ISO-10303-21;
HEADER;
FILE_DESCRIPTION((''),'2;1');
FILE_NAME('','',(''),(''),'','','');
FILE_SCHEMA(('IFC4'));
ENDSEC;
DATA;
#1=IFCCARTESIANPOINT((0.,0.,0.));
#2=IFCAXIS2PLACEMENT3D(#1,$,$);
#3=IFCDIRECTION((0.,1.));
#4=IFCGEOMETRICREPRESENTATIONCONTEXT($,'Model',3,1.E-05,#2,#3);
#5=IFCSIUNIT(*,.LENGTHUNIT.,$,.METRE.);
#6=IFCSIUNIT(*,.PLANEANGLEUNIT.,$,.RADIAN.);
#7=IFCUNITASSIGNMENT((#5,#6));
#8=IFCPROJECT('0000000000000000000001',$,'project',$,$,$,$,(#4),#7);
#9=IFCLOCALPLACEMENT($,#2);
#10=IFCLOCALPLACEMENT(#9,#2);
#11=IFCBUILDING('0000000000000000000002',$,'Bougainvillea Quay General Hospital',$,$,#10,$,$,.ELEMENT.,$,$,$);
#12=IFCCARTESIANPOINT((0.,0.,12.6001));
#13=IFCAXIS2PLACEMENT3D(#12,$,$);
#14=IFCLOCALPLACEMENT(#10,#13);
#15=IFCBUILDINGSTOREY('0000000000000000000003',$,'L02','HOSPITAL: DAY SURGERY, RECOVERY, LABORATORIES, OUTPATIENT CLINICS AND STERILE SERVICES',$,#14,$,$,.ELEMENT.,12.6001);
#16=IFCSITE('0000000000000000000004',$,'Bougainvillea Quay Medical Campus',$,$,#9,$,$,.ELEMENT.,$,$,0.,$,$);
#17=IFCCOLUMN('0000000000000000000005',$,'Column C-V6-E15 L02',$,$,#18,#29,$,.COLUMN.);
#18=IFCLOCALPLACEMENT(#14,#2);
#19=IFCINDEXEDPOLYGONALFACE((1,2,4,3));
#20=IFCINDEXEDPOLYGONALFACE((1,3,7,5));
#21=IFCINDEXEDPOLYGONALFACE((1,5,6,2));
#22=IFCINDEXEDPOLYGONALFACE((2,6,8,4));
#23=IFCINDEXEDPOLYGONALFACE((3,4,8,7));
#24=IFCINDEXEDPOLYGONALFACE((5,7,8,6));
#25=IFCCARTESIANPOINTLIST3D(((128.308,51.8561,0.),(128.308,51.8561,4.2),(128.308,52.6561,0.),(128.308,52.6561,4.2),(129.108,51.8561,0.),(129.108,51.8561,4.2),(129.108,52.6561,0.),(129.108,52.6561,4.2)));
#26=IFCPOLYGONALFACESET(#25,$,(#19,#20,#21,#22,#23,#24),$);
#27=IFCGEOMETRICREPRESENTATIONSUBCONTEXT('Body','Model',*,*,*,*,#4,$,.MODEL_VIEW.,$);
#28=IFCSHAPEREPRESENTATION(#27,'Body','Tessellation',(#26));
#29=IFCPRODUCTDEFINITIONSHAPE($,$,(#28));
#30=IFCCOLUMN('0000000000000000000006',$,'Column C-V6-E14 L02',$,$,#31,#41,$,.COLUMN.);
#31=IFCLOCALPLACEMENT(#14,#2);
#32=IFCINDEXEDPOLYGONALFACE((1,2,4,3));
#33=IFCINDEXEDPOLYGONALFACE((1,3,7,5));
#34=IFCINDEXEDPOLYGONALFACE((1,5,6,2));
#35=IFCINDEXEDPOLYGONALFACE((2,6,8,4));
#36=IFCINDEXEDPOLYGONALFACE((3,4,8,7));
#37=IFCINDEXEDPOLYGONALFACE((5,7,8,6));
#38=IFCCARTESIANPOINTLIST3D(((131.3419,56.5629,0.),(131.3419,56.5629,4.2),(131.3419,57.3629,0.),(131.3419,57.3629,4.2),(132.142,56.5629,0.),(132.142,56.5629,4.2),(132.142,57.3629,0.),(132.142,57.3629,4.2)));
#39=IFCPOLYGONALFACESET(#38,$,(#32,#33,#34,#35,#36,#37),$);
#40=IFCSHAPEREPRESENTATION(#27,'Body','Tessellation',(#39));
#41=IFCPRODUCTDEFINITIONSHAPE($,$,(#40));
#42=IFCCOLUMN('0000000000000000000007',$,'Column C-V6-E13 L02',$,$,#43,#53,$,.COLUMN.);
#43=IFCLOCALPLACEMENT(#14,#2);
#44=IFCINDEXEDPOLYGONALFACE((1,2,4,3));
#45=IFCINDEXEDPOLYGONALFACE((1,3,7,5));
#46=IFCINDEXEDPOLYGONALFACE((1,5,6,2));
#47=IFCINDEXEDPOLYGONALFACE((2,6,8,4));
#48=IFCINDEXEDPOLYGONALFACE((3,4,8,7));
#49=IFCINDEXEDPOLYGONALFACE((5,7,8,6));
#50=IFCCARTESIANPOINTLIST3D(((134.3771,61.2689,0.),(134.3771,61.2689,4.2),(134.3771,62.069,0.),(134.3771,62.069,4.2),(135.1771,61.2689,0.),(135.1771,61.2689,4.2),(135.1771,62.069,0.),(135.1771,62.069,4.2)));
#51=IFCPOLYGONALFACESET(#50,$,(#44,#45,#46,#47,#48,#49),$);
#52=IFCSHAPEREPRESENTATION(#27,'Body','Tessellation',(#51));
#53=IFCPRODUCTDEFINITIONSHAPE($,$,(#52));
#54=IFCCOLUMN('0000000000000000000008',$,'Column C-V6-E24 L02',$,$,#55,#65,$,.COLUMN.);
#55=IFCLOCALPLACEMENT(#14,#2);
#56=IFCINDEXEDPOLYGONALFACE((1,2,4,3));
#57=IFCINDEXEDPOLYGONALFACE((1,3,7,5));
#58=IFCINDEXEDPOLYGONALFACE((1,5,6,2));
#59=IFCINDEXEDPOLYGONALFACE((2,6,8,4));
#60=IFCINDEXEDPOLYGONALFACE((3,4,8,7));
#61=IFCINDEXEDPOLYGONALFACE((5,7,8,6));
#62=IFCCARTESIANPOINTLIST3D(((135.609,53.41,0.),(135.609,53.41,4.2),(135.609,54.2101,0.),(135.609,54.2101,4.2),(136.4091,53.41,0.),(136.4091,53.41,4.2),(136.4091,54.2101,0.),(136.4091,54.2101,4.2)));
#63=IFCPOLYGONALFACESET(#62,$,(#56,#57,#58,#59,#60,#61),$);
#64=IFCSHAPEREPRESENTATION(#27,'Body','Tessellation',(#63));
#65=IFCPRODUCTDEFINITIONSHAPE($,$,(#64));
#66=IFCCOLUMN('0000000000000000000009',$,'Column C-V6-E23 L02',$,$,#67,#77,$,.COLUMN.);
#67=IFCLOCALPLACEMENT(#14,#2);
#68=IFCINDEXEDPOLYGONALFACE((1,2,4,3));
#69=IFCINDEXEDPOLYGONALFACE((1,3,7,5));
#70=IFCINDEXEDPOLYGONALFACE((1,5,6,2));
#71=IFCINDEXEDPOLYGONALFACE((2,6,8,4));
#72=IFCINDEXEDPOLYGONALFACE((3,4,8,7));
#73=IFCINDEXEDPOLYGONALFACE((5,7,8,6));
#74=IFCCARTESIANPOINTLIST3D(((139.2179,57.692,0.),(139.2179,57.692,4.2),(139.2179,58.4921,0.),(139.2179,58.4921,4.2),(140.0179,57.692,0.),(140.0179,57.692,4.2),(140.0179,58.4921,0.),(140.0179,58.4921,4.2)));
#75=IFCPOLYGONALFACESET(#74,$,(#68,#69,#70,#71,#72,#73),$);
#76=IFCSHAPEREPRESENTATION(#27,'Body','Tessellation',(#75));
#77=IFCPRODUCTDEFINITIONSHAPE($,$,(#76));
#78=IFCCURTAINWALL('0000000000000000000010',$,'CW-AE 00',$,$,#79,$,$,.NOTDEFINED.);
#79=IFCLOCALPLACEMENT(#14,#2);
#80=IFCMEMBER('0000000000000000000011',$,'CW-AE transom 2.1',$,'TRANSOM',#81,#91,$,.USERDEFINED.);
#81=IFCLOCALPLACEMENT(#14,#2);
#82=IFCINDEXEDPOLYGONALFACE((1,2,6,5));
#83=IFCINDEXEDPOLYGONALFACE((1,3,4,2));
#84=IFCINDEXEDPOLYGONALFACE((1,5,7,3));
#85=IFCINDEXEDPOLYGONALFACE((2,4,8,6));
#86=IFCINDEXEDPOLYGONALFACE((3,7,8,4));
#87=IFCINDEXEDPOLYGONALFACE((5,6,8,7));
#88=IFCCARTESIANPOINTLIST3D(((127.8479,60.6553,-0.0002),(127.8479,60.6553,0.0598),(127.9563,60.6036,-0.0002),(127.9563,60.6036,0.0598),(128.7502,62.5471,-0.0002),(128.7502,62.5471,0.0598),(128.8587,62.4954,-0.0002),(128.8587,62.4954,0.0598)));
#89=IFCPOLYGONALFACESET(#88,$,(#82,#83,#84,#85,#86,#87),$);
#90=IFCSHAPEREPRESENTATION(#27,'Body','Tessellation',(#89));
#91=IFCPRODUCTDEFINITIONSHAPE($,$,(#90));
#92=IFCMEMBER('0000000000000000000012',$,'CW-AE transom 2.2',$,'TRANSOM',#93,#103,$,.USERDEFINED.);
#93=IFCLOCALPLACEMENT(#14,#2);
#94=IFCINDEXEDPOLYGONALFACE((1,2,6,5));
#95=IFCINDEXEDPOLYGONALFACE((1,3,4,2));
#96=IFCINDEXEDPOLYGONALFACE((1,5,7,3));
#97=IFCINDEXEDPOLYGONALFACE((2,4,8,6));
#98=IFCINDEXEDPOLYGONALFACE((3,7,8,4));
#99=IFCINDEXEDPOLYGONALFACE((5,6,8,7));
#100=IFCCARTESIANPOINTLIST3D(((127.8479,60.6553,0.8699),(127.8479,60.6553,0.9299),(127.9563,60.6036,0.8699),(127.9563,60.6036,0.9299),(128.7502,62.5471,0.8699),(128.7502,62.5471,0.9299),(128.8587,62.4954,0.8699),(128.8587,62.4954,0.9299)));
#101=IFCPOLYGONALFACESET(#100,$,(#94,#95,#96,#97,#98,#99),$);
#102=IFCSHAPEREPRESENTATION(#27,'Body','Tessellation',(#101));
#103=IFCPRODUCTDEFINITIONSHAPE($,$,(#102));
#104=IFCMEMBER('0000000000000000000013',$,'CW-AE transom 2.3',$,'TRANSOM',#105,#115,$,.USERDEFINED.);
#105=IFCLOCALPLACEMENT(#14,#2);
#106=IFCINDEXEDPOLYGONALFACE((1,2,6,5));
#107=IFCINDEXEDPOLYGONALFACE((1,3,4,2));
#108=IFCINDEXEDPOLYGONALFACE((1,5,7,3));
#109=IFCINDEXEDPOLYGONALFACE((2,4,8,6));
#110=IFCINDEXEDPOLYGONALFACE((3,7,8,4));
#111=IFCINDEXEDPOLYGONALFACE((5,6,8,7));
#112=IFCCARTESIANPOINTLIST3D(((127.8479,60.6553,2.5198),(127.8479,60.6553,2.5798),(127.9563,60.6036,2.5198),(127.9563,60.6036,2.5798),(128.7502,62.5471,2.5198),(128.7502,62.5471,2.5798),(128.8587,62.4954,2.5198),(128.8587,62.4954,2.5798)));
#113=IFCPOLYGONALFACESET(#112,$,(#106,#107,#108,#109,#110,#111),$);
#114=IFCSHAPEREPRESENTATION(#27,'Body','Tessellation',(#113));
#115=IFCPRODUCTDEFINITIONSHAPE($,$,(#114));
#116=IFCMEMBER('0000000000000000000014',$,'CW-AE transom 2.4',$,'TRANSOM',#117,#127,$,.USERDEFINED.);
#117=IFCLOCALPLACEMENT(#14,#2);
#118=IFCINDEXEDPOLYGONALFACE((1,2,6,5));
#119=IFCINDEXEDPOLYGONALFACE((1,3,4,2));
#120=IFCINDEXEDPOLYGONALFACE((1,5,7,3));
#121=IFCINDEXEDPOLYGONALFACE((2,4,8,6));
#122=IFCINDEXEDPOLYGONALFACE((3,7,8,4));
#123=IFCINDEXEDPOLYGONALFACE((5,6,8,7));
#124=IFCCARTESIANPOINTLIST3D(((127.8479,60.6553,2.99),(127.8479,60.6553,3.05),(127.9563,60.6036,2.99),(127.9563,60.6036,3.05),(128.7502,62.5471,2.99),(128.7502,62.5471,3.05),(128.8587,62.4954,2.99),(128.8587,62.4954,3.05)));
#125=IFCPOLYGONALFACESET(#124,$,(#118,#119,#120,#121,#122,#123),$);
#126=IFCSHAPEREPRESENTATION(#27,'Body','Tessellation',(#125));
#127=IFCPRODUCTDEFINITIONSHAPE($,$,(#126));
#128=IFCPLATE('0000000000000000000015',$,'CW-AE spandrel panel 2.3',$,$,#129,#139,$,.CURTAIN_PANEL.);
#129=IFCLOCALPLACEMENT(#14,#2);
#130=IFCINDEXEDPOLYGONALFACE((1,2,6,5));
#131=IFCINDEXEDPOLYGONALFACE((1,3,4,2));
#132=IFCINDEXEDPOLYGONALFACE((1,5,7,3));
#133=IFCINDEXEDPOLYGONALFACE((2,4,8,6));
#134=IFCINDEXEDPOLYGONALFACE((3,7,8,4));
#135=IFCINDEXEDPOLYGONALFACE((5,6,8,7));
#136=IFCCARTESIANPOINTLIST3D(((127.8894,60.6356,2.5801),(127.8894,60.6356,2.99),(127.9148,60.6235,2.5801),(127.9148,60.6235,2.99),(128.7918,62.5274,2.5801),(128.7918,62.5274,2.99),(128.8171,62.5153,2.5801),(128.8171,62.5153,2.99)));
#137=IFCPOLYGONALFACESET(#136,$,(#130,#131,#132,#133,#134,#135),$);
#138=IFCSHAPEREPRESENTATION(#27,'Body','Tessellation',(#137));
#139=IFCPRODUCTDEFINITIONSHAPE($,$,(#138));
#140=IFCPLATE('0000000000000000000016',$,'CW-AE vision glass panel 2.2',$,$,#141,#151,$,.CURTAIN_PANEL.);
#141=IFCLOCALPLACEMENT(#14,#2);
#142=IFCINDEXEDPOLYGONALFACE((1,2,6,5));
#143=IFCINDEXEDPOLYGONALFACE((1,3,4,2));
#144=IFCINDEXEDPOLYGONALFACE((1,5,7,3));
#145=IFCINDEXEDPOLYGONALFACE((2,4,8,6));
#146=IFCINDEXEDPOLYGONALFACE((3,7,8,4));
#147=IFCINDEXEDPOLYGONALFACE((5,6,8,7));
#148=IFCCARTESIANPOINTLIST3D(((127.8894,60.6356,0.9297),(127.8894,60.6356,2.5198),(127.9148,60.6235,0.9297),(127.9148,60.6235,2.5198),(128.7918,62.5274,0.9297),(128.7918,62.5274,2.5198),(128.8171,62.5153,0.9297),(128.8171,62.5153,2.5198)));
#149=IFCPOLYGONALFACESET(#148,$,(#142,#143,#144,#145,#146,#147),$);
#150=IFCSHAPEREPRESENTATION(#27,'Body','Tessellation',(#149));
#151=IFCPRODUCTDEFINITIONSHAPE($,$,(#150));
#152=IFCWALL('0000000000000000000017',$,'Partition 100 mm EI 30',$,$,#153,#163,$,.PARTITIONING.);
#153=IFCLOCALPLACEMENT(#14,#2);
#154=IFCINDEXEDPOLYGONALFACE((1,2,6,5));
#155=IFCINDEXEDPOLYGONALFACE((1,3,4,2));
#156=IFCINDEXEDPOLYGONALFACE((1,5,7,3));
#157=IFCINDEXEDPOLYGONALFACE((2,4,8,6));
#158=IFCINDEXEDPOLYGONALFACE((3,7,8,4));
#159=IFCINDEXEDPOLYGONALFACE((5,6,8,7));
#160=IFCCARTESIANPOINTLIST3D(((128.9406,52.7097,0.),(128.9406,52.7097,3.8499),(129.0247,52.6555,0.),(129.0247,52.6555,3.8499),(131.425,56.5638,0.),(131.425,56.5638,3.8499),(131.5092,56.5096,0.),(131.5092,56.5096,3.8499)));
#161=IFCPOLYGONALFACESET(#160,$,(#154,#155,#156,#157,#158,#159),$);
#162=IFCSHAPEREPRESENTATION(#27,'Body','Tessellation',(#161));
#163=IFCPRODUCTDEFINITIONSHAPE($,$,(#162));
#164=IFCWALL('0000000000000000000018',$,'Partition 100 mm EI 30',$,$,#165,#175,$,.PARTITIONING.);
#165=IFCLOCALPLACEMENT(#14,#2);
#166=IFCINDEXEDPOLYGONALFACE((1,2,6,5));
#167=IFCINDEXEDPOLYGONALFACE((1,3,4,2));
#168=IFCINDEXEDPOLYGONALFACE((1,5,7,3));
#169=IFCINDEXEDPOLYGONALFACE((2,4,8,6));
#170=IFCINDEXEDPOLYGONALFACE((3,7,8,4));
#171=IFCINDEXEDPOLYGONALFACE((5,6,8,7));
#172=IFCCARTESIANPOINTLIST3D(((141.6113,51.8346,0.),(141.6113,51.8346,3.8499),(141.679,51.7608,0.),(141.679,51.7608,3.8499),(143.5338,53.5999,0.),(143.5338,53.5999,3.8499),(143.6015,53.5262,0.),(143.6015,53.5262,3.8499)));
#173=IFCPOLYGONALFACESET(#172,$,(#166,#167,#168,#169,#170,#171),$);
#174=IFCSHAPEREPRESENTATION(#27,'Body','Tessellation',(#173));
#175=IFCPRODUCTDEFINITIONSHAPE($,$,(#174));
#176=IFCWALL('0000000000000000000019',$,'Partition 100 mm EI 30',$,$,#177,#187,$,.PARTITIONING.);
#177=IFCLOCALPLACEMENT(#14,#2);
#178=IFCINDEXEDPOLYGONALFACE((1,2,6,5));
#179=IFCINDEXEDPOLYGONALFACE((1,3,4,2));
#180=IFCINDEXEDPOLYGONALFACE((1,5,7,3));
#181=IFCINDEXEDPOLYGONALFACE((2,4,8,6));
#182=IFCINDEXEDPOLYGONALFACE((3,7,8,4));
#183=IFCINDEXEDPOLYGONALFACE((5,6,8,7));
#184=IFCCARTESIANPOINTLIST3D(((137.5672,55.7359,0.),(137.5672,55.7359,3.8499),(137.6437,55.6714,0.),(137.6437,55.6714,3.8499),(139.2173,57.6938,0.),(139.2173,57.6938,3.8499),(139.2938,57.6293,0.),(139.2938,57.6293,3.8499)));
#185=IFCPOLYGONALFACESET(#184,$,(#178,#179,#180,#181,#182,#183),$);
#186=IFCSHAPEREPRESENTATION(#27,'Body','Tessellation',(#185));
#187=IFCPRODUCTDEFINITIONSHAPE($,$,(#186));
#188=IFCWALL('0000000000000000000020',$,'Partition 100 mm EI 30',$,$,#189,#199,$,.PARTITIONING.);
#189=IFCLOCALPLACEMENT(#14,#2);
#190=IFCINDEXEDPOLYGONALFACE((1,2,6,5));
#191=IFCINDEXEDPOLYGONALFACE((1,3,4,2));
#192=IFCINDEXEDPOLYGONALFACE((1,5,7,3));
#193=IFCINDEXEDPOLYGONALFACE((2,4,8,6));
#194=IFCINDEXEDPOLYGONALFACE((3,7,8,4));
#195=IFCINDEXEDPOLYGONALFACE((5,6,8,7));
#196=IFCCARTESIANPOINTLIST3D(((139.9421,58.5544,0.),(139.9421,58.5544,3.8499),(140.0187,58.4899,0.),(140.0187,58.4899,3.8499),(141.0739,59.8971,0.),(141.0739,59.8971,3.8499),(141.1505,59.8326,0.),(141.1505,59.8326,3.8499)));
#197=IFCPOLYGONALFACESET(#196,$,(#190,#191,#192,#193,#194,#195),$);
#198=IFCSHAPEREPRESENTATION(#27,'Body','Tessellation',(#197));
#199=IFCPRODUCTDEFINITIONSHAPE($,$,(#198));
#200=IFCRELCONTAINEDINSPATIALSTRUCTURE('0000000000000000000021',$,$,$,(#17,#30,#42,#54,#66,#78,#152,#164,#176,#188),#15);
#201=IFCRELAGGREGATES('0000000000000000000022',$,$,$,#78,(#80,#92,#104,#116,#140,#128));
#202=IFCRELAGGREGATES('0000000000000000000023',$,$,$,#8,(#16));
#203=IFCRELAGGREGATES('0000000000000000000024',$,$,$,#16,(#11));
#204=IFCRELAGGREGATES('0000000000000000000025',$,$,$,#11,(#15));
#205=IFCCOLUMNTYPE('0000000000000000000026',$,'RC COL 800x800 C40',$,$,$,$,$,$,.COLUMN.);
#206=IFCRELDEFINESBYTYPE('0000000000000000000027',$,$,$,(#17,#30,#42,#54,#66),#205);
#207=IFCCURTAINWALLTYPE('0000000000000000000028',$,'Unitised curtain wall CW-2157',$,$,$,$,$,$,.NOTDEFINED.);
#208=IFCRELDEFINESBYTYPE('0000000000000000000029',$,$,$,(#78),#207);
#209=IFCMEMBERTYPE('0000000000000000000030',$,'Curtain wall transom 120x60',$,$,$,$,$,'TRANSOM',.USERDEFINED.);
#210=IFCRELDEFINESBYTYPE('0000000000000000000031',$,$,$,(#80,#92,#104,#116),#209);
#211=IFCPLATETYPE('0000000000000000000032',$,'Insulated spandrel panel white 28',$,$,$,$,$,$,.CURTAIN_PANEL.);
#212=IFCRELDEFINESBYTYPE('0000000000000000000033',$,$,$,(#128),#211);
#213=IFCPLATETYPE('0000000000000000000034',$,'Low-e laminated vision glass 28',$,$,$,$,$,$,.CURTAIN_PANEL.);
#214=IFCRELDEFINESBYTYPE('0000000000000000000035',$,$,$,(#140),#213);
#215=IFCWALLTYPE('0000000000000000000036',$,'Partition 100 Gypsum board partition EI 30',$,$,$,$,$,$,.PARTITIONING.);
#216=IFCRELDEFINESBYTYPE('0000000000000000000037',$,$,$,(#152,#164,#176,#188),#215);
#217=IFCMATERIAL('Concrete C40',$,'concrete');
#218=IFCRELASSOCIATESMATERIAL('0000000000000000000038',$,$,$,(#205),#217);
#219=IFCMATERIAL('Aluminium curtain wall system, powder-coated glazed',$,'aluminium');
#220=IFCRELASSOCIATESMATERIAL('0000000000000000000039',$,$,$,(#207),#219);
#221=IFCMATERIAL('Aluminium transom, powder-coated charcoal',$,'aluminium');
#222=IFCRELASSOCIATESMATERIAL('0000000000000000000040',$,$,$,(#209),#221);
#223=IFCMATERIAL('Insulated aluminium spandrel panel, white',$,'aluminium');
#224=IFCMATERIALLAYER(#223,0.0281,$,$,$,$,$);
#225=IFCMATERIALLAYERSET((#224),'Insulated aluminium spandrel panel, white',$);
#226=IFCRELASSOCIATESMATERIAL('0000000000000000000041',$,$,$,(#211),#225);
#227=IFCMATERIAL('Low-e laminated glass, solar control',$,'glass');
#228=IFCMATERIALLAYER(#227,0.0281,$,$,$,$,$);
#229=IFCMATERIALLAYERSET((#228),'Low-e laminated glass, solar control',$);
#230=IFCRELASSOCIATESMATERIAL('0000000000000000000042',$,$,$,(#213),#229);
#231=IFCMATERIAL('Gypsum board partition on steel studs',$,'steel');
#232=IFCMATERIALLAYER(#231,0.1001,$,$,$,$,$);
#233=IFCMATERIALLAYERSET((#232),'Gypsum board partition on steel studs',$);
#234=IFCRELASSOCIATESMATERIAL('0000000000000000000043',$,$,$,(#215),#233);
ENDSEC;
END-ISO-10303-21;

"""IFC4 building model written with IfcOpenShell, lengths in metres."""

from ifc_helpers import new_model, si_unit, direction, frame, frame_2d, origin, origin_2d, place, context, subcontext, project, spatial, rectangle, extrude, material, layer, layer_set, material_profile, profile_set, type_object, element, aggregate, save


model = new_model("IFC4")

# Units and contexts
model_context = context("Model", 3, precision=1e-05, world=origin(), true_north=direction((0.0, 1.0)))
body_context = subcontext(model_context, "Body", "Model", "MODEL_VIEW")
ifc_project = project(units=[si_unit("LENGTHUNIT", "METRE"), si_unit("PLANEANGLEUNIT", "RADIAN")], contexts=[model_context])

# Site, building, storey
site_placement = place(None, origin())
site = spatial("IfcSite", under=ifc_project, at=site_placement, Name="Bougainvillea Quay Medical Campus", CompositionType="ELEMENT", RefElevation=0.0)
building_placement = place(site_placement, origin())
building = spatial("IfcBuilding", under=site, at=building_placement, Name="Bougainvillea Quay General Hospital", CompositionType="ELEMENT")
storey_placement = place(building_placement, frame((0.0, 0.0, 12.6001)))
storey = spatial("IfcBuildingStorey", under=building, at=storey_placement, Name="L02", Description="HOSPITAL: DAY SURGERY, RECOVERY, LABORATORIES, OUTPATIENT CLINICS AND STERILE SERVICES", CompositionType="ELEMENT", Elevation=12.6001)

# Columns
ifc_material_1 = material(Name="Concrete C40", Category="concrete")
ifc_material_profile_1 = material_profile(ifc_material_1, rectangle(XDim=0.8, YDim=0.8, at=origin_2d()))
ifc_profile_set_1 = profile_set([ifc_material_profile_1], Name="Concrete C40")
column_type = type_object("IfcColumnType", Name="RC COL 800x800 C40", PredefinedType="COLUMN", material=ifc_profile_set_1)
for number, where, z_axis, x_axis, name in (
    (1, (128.708, 52.2561, 0.0), (0.0, 0.0, 1.0), (1.0, 0.0, 0.0), "Column C-V6-E15 L02"),
    (2, (131.7419, 56.9629, 0.0), (0.0, 0.0, 1.0), (1.0, 0.0, 0.0), "Column C-V6-E14 L02"),
    (3, (134.7771, 61.6689, 0.0), (0.0, 0.0, 1.0), (1.0, 0.0, 0.0), "Column C-V6-E13 L02"),
    (4, (136.009, 53.8101, 0.0), (0.0, 0.0, 1.0), (1.0, 0.0, 0.0), "Column C-V6-E24 L02"),
    (5, (139.6179, 58.092, 0.0), (0.0, 0.0, 1.0), (1.0, 0.0, 0.0), "Column C-V6-E23 L02"),
):
    element("IfcColumn", number, at=place(storey_placement, frame(where, z_axis=z_axis, x_axis=x_axis)), inside=storey, type_object=column_type, Name=name, PredefinedType="COLUMN", context=body_context, shape_type="SweptSolid", body=[
        extrude(rectangle(XDim=0.8, YDim=0.8, at=origin_2d()), origin(), (0.0, 0.0, 1.0), 4.2),
    ])

# Curtain wall, members, plates
ifc_material_2 = material(Name="Aluminium curtain wall system, powder-coated glazed", Category="aluminium")
curtain_wall_type = type_object("IfcCurtainWallType", Name="Unitised curtain wall CW-2157", PredefinedType="NOTDEFINED", material=ifc_material_2)
curtain_wall_placement = place(storey_placement, origin())
curtain_wall = element("IfcCurtainWall", 6, at=curtain_wall_placement, inside=storey, type_object=curtain_wall_type, Name="CW-AE 00", PredefinedType="NOTDEFINED")
ifc_material_3 = material(Name="Aluminium transom, powder-coated charcoal", Category="aluminium")
ifc_material_profile_2 = material_profile(ifc_material_3, rectangle(XDim=0.1201, YDim=0.0601, at=origin_2d()))
ifc_profile_set_2 = profile_set([ifc_material_profile_2], Name="Aluminium transom, powder-coated charcoal")
member_type = type_object("IfcMemberType", Name="Curtain wall transom 120x60", ElementType="TRANSOM", PredefinedType="USERDEFINED", material=ifc_profile_set_2)
member_1_placement = place(storey_placement, frame((128.8044, 62.5212, 0.0298), z_axis=(-0.430503, -0.902589, 0.0), x_axis=(0.902589, -0.430503, 0.0)))
member_1 = element("IfcMember", 7, at=member_1_placement, type_object=member_type, Name="CW-AE transom 2.1", ObjectType="TRANSOM", PredefinedType="USERDEFINED", context=body_context, shape_type="SweptSolid", body=[
    extrude(rectangle(XDim=0.1201, YDim=0.0601, at=origin_2d()), origin(), (0.0, 0.0, 1.0), 2.0959),
])
member_2_placement = place(storey_placement, frame((128.8044, 62.5212, 0.8999), z_axis=(-0.430503, -0.902589, 0.0), x_axis=(0.902589, -0.430503, 0.0)))
member_2 = element("IfcMember", 8, at=member_2_placement, type_object=member_type, Name="CW-AE transom 2.2", ObjectType="TRANSOM", PredefinedType="USERDEFINED", context=body_context, shape_type="SweptSolid", body=[
    extrude(rectangle(XDim=0.1201, YDim=0.0601, at=origin_2d()), origin(), (0.0, 0.0, 1.0), 2.0959),
])
member_3_placement = place(storey_placement, frame((128.8044, 62.5212, 2.5498), z_axis=(-0.430503, -0.902589, 0.0), x_axis=(0.902589, -0.430503, 0.0)))
member_3 = element("IfcMember", 9, at=member_3_placement, type_object=member_type, Name="CW-AE transom 2.3", ObjectType="TRANSOM", PredefinedType="USERDEFINED", context=body_context, shape_type="SweptSolid", body=[
    extrude(rectangle(XDim=0.1201, YDim=0.0601, at=origin_2d()), origin(), (0.0, 0.0, 1.0), 2.0959),
])
member_4_placement = place(storey_placement, frame((128.8044, 62.5212, 3.02), z_axis=(-0.430503, -0.902589, 0.0), x_axis=(0.902589, -0.430503, 0.0)))
member_4 = element("IfcMember", 10, at=member_4_placement, type_object=member_type, Name="CW-AE transom 2.4", ObjectType="TRANSOM", PredefinedType="USERDEFINED", context=body_context, shape_type="SweptSolid", body=[
    extrude(rectangle(XDim=0.1201, YDim=0.0601, at=origin_2d()), origin(), (0.0, 0.0, 1.0), 2.0959),
])
ifc_material_4 = material(Name="Insulated aluminium spandrel panel, white", Category="aluminium")
ifc_layer_1 = layer(ifc_material_4, 0.0281)
ifc_layer_set_1 = layer_set([ifc_layer_1], Name="Insulated aluminium spandrel panel, white")
plate_type_1 = type_object("IfcPlateType", Name="Insulated spandrel panel white 28", PredefinedType="CURTAIN_PANEL", material=ifc_layer_set_1)
plate_1_placement = place(storey_placement, frame((128.3533, 61.5754, 2.5801), z_axis=(0.0, 0.0, 1.0), x_axis=(-0.43053, -0.902576, 0.0)))
plate_1 = element("IfcPlate", 11, at=plate_1_placement, type_object=plate_type_1, Name="CW-AE spandrel panel 2.3", PredefinedType="CURTAIN_PANEL", context=body_context, shape_type="SweptSolid", body=[
    extrude(rectangle(XDim=2.0959, YDim=0.0281, at=origin_2d()), origin(), (0.0, 0.0, 1.0), 0.4099),
])
ifc_material_5 = material(Name="Low-e laminated glass, solar control", Category="glass")
ifc_layer_2 = layer(ifc_material_5, 0.0281)
ifc_layer_set_2 = layer_set([ifc_layer_2], Name="Low-e laminated glass, solar control")
plate_type_2 = type_object("IfcPlateType", Name="Low-e laminated vision glass 28", PredefinedType="CURTAIN_PANEL", material=ifc_layer_set_2)
plate_2_placement = place(storey_placement, frame((128.3533, 61.5754, 0.9297), z_axis=(0.0, 0.0, 1.0), x_axis=(-0.43053, -0.902576, 0.0)))
plate_2 = element("IfcPlate", 12, at=plate_2_placement, type_object=plate_type_2, Name="CW-AE vision glass panel 2.2", PredefinedType="CURTAIN_PANEL", context=body_context, shape_type="SweptSolid", body=[
    extrude(rectangle(XDim=2.0959, YDim=0.0281, at=origin_2d()), origin(), (0.0, 0.0, 1.0), 1.5901),
])
aggregate(curtain_wall, [member_1, member_2, member_3, member_4, plate_2, plate_1])

# Walls
ifc_material_6 = material(Name="Gypsum board partition on steel studs", Category="steel")
ifc_layer_3 = layer(ifc_material_6, 0.1001)
ifc_layer_set_3 = layer_set([ifc_layer_3], Name="Gypsum board partition on steel studs")
wall_type_1 = type_object("IfcWallType", Name="Partition 100 Gypsum board partition EI 30", PredefinedType="PARTITIONING", material=ifc_layer_set_3)
wall_1_placement = place(storey_placement, frame((128.9827, 52.6826, 0.0), z_axis=(0.0, 0.0, 1.0), x_axis=(0.541807, 0.840503, 0.0)))
element("IfcWall", 13, at=wall_1_placement, inside=storey, type_object=wall_type_1, Name="Partition 100 mm EI 30", PredefinedType="PARTITIONING", context=body_context, shape_type="SweptSolid", body=[
    extrude(rectangle(XDim=4.5854, YDim=0.1001, at=frame_2d((2.2927, 0.0))), origin(), (0.0, 0.0, 1.0), 3.8499),
])
wall_2_placement = place(storey_placement, frame((141.645, 51.7976, 0.0), z_axis=(0.0, 0.0, 1.0), x_axis=(0.736583, 0.676347, 0.0)))
element("IfcWall", 14, at=wall_2_placement, inside=storey, type_object=wall_type_1, Name="Partition 100 mm EI 30", PredefinedType="PARTITIONING", context=body_context, shape_type="SweptSolid", body=[
    extrude(rectangle(XDim=2.6101, YDim=0.1001, at=frame_2d((1.3052, 0.0))), origin(), (0.0, 0.0, 1.0), 3.8499),
])
wall_3_placement = place(storey_placement, frame((137.6055, 55.7036, 0.0), z_axis=(0.0, 0.0, 1.0), x_axis=(0.644432, 0.764661, 0.0)))
element("IfcWall", 15, at=wall_3_placement, inside=storey, type_object=wall_type_1, Name="Partition 100 mm EI 30", PredefinedType="PARTITIONING", context=body_context, shape_type="SweptSolid", body=[
    extrude(rectangle(XDim=2.5605, YDim=0.1001, at=frame_2d((1.2803, 0.0))), origin(), (0.0, 0.0, 1.0), 3.8499),
])
wall_4_placement = place(storey_placement, frame((139.9805, 58.5222, 0.0), z_axis=(0.0, 0.0, 1.0), x_axis=(0.644495, 0.764608, 0.0)))
element("IfcWall", 16, at=wall_4_placement, inside=storey, type_object=wall_type_1, Name="Partition 100 mm EI 30", PredefinedType="PARTITIONING", context=body_context, shape_type="SweptSolid", body=[
    extrude(rectangle(XDim=1.7561, YDim=0.1001, at=frame_2d((0.8779, 0.0))), origin(), (0.0, 0.0, 1.0), 3.8499),
])

save(model, "model.ifc")
